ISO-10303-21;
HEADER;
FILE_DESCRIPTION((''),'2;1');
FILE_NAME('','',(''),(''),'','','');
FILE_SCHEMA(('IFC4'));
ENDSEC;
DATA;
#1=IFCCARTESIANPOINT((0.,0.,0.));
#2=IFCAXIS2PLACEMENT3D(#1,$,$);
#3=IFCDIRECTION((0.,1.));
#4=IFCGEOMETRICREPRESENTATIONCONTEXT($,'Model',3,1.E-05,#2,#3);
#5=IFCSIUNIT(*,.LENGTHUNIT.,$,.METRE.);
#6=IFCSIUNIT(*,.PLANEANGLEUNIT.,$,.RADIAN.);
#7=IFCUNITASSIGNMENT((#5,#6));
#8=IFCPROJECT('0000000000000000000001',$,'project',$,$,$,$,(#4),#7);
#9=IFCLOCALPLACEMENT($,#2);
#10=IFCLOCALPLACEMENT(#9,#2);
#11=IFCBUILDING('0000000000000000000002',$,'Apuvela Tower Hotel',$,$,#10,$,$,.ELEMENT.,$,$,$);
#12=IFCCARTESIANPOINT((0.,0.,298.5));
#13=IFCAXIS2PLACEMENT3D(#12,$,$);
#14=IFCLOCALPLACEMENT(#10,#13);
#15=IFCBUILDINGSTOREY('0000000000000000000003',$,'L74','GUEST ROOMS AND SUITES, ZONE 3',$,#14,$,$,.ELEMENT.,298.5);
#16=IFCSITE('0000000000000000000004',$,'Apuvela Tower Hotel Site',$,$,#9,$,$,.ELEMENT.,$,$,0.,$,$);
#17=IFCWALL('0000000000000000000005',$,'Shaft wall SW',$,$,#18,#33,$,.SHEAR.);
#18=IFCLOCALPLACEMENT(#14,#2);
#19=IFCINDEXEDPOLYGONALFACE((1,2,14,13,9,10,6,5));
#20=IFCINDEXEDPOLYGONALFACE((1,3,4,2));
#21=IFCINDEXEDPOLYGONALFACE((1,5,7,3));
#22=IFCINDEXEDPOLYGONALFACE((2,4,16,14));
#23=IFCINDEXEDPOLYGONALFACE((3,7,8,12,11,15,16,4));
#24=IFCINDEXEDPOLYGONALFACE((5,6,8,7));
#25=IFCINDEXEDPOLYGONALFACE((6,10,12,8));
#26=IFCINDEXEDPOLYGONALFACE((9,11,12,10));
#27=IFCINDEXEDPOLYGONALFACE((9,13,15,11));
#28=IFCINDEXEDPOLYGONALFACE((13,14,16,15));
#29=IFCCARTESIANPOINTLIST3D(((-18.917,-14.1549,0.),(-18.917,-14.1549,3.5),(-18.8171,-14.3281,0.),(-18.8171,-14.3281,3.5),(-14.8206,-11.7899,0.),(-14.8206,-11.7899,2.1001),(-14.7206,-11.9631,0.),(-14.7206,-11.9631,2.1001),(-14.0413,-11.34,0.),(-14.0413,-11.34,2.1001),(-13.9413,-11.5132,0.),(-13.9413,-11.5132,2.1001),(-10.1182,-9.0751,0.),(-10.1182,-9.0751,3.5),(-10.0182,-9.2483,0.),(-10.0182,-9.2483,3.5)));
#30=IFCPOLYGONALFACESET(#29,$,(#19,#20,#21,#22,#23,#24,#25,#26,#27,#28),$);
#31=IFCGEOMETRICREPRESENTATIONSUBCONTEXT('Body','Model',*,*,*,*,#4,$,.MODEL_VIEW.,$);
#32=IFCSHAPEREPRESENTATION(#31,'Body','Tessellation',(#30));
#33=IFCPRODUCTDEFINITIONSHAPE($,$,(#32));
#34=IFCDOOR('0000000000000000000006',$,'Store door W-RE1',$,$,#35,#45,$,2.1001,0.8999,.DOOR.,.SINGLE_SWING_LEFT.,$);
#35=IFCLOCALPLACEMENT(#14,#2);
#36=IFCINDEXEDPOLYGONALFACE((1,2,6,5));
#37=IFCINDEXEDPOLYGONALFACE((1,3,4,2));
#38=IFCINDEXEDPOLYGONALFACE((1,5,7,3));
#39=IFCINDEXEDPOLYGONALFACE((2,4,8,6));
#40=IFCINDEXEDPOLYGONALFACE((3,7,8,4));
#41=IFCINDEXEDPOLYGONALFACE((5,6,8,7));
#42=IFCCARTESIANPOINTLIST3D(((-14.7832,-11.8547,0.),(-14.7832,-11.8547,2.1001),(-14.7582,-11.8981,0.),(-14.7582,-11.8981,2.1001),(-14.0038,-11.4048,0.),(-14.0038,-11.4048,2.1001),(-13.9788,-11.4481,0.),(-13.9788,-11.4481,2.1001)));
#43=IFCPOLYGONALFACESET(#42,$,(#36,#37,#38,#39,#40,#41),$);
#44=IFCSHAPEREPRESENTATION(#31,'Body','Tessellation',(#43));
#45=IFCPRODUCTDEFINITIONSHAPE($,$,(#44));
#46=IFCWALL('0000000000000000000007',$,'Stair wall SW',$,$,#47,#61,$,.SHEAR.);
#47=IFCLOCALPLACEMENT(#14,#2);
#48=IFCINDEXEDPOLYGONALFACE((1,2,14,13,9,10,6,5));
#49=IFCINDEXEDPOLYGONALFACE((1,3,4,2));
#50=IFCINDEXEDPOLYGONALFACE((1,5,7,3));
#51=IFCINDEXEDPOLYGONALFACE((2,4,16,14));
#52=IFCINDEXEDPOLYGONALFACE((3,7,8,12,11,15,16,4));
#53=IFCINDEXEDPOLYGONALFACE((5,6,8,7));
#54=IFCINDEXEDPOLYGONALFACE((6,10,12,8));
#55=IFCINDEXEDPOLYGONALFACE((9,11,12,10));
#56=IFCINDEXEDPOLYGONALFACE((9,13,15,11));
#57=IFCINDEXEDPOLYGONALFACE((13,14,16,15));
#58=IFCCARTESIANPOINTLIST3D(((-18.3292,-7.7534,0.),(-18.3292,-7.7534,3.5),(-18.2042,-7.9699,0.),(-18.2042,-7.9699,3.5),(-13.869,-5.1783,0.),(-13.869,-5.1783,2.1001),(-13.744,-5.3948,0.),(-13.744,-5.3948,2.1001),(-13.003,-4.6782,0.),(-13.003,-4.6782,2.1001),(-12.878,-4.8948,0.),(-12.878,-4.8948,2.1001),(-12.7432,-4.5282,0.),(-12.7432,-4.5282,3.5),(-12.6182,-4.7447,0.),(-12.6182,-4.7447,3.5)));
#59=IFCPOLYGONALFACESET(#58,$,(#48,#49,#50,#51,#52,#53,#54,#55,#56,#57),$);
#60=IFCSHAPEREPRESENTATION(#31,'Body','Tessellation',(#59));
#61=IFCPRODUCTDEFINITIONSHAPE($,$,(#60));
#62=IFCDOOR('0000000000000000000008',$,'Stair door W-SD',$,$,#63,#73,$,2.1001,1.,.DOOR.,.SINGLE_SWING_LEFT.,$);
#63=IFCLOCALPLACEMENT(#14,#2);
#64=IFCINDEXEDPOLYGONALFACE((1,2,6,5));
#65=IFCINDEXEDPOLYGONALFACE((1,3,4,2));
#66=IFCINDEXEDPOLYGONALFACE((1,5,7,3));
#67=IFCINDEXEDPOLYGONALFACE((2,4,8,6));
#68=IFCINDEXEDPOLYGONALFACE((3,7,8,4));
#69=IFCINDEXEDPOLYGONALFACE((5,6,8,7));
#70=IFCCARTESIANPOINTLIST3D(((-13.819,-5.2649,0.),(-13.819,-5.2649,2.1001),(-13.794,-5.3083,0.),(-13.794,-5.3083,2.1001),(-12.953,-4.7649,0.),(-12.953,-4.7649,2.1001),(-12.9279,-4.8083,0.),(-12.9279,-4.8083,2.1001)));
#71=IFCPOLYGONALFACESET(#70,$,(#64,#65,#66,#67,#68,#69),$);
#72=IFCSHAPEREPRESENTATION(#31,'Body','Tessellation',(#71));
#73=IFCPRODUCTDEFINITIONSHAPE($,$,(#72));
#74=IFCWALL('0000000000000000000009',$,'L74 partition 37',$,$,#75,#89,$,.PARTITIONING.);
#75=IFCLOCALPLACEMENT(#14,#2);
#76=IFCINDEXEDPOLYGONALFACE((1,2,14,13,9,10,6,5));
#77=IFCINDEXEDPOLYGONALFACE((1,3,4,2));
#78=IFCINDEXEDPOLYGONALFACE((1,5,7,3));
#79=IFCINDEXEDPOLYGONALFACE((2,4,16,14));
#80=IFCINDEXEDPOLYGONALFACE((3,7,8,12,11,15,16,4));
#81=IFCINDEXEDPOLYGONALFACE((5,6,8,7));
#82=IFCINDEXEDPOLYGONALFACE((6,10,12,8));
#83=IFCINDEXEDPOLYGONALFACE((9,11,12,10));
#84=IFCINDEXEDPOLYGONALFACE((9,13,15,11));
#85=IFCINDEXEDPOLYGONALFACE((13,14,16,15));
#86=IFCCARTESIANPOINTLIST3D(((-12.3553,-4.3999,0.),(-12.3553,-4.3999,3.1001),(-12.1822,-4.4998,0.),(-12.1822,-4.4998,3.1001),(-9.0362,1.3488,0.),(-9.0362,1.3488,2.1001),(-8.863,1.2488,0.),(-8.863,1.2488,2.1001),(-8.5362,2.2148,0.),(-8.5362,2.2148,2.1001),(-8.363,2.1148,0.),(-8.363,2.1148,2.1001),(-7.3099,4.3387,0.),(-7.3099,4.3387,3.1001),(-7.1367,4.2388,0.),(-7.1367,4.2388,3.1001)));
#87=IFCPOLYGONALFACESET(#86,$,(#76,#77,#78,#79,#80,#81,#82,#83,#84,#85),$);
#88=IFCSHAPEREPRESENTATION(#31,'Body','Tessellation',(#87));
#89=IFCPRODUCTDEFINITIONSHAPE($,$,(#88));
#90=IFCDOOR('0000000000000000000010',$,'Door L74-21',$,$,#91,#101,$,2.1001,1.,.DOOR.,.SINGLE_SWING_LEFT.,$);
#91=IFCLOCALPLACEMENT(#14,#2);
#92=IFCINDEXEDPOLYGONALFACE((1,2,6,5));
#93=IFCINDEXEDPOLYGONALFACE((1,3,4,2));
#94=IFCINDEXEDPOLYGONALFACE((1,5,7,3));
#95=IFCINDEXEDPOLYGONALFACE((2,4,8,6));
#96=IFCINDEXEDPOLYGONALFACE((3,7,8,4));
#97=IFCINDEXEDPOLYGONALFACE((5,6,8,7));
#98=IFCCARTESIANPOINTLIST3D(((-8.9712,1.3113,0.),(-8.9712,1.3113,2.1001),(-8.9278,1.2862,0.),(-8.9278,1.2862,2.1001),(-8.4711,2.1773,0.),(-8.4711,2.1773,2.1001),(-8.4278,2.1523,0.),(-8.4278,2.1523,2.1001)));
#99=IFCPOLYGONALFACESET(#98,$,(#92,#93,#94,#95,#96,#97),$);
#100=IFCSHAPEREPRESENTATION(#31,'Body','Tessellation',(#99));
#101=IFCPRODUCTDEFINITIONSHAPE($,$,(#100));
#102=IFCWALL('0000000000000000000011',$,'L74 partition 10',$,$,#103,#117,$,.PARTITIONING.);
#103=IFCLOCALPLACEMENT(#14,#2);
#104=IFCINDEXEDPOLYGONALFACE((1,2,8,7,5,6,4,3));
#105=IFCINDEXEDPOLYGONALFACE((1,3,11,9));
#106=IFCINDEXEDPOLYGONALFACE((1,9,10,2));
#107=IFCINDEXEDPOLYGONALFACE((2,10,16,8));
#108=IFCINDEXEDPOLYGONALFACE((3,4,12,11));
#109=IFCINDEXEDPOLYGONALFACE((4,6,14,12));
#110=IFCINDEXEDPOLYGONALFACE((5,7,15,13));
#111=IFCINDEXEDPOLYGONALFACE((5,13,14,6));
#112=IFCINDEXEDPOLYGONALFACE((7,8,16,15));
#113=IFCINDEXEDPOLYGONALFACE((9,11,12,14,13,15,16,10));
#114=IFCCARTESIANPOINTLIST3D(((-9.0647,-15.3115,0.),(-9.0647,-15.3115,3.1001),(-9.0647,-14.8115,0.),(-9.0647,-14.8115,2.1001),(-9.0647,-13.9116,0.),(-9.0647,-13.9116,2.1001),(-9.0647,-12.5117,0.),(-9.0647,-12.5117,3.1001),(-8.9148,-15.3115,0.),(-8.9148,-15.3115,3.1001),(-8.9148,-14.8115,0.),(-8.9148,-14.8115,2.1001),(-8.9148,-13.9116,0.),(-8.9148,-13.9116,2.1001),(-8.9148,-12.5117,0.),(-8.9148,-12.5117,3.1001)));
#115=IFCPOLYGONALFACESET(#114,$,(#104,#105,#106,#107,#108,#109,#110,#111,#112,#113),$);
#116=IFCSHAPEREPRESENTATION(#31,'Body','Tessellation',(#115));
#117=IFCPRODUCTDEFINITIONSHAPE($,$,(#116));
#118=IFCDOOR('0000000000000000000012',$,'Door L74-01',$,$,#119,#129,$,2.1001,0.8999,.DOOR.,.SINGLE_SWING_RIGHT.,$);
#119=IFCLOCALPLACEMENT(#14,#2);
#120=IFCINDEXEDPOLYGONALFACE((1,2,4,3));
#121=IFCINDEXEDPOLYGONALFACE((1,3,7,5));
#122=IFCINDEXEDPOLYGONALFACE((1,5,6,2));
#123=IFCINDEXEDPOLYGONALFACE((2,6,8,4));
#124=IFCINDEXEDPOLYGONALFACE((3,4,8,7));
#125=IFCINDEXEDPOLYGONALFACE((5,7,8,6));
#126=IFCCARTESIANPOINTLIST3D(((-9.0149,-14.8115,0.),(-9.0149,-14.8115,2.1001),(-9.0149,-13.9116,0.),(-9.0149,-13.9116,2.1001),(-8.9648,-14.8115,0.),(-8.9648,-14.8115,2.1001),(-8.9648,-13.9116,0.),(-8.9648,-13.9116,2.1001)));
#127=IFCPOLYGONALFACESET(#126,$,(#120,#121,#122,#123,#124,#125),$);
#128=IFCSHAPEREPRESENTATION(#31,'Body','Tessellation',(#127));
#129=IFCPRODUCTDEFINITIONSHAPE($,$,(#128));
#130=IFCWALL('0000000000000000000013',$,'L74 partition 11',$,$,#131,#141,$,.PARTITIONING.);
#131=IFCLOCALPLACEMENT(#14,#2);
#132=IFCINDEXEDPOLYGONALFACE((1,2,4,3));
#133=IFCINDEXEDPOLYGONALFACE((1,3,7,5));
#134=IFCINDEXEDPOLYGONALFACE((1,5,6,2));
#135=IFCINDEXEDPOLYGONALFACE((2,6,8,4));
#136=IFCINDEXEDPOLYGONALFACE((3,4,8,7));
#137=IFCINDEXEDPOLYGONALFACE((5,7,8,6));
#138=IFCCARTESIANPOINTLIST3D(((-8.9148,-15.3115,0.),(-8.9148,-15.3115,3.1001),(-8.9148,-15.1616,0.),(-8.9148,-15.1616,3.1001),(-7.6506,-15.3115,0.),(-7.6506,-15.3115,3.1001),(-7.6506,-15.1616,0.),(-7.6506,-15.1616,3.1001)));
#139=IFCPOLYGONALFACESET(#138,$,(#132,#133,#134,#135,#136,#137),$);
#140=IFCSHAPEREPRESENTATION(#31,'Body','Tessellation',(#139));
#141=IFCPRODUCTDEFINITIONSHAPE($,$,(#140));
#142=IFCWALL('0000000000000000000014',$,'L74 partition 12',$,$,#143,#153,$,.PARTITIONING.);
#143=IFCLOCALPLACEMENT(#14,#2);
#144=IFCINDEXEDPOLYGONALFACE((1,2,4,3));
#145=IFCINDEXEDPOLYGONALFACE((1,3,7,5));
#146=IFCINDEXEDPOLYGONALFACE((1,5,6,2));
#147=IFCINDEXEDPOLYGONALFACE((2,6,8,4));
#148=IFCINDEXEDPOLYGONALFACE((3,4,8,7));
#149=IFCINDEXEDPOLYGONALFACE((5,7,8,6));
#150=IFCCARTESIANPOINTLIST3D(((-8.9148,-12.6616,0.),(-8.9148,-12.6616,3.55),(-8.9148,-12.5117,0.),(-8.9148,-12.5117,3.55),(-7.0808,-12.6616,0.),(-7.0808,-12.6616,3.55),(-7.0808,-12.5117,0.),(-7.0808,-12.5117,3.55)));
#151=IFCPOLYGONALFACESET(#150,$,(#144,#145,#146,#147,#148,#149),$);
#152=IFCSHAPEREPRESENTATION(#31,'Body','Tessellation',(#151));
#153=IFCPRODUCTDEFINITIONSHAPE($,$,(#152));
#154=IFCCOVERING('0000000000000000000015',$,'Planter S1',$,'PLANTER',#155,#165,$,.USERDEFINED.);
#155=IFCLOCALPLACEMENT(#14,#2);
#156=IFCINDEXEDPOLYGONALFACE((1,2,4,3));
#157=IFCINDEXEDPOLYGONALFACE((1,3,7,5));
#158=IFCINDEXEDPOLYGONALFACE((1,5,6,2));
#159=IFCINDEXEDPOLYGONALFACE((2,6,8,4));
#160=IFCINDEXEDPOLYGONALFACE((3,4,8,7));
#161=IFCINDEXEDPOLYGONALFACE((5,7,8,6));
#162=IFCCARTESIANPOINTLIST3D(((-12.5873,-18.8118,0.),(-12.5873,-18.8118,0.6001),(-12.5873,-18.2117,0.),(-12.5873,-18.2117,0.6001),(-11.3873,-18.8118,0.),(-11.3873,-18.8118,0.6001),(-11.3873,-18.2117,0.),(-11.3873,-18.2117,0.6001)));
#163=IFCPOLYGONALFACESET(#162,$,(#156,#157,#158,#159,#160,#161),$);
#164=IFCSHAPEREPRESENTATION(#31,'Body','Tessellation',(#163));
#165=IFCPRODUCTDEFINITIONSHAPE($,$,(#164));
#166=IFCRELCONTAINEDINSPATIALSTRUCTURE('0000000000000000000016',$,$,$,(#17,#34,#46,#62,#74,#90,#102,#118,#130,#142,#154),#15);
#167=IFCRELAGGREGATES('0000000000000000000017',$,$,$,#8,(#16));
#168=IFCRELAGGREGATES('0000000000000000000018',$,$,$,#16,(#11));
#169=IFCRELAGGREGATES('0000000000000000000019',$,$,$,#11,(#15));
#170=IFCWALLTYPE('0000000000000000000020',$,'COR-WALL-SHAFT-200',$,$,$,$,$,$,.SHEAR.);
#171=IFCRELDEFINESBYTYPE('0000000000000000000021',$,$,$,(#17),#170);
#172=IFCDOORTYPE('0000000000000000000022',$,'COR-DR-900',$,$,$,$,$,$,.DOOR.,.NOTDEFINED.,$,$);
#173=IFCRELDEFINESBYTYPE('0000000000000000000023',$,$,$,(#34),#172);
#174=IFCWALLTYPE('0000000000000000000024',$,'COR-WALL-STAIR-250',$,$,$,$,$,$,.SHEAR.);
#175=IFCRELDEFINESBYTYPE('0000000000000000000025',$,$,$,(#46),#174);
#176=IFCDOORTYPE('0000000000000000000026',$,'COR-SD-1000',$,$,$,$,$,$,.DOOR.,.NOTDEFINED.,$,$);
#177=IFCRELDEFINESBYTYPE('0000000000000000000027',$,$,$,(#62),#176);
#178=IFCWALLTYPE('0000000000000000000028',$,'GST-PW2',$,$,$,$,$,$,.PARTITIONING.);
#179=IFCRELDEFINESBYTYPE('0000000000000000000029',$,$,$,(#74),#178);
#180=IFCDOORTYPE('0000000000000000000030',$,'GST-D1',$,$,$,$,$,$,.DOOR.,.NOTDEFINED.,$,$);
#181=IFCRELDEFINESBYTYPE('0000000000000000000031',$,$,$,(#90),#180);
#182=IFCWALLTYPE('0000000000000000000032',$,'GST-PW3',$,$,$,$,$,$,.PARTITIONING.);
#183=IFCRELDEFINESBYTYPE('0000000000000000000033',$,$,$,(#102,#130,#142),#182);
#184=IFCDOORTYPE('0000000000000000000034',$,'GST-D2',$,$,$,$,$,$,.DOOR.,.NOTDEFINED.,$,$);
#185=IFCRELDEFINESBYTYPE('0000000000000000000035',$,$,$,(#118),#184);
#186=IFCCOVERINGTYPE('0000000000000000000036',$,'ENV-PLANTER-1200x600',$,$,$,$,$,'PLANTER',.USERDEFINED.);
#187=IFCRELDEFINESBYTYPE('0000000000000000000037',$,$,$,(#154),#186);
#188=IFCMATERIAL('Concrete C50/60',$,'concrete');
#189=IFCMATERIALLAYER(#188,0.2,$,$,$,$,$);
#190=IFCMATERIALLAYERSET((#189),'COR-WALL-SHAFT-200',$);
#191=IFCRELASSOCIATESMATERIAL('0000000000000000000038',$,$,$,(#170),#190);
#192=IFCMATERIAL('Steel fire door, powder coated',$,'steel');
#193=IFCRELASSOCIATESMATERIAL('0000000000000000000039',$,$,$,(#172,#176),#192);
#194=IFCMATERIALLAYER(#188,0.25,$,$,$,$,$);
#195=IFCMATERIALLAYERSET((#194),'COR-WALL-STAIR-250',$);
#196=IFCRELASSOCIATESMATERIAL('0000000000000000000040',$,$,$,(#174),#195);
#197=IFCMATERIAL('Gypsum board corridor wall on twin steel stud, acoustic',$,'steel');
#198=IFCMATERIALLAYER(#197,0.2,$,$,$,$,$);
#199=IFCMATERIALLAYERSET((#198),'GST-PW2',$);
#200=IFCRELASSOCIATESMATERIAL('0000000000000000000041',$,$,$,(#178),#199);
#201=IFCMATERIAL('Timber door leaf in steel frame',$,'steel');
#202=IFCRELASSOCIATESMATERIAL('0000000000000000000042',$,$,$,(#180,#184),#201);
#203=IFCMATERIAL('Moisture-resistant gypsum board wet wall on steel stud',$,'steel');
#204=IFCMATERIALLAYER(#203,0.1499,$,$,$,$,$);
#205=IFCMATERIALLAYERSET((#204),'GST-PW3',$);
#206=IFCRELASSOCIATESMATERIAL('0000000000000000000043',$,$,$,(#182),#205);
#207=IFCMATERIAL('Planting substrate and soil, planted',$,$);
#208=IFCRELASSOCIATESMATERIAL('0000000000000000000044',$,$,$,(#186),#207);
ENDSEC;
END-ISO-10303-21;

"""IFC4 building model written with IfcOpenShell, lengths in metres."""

from ifc_helpers import new_model, si_unit, direction, frame, frame_2d, origin, origin_2d, place, context, subcontext, project, spatial, rectangle, extrude, material, layer, layer_set, type_object, element, fill, save


model = new_model("IFC4")

# Units and contexts
model_context = context("Model", 3, precision=1e-05, world=origin(), true_north=direction((0.0, 1.0)))
body_context = subcontext(model_context, "Body", "Model", "MODEL_VIEW")
ifc_project = project(units=[si_unit("LENGTHUNIT", "METRE"), si_unit("PLANEANGLEUNIT", "RADIAN")], contexts=[model_context])

# Site, building, storey
site_placement = place(None, origin())
site = spatial("IfcSite", under=ifc_project, at=site_placement, Name="Apuvela Tower Hotel Site", CompositionType="ELEMENT", RefElevation=0.0)
building_placement = place(site_placement, origin())
building = spatial("IfcBuilding", under=site, at=building_placement, Name="Apuvela Tower Hotel", CompositionType="ELEMENT")
storey_placement = place(building_placement, frame((0.0, 0.0, 298.5)))
storey = spatial("IfcBuildingStorey", under=building, at=storey_placement, Name="L74", Description="GUEST ROOMS AND SUITES, ZONE 3", CompositionType="ELEMENT", Elevation=298.5)

# Shared definitions
ifc_material_1 = material(Name="Concrete C50/60", Category="concrete")
ifc_layer_1 = layer(ifc_material_1, 0.2)
ifc_layer_set_1 = layer_set([ifc_layer_1], Name="COR-WALL-SHAFT-200")
wall_type_1 = type_object("IfcWallType", Name="COR-WALL-SHAFT-200", PredefinedType="SHEAR", material=ifc_layer_set_1)

# Walls, openings, doors
wall_1_placement = place(storey_placement, frame((-10.0681, -9.1616, 0.0), z_axis=(0.0, 0.0, 1.0), x_axis=(-0.866033, -0.499987, 0.0)))
wall_1 = element("IfcWall", 1, at=wall_1_placement, inside=storey, type_object=wall_type_1, Name="Shaft wall SW", PredefinedType="SHEAR", context=body_context, shape_type="SweptSolid", body=[
    extrude(rectangle(XDim=10.1599, YDim=0.2, at=frame_2d((5.0801, 0.0))), origin(), (0.0, 0.0, 1.0), 3.5),
])
opening_1_placement = place(wall_1_placement, frame((4.53, 0.0, 0.0)))
opening_1 = element("IfcOpeningElement", 2, at=opening_1_placement, cuts=wall_1, PredefinedType="OPENING", context=body_context, shape_type="SweptSolid", body=[
    extrude(rectangle(XDim=0.8999, YDim=2.1001, at=frame_2d((0.45, 1.05))), frame((0.0, 0.1099, 0.0), z_axis=(0.0, -1.0, 0.0), x_axis=(1.0, 0.0, 0.0)), (0.0, 0.0, 1.0), 0.22),
])
ifc_material_2 = material(Name="Steel fire door, powder coated", Category="steel")
door_type_1 = type_object("IfcDoorType", Name="COR-DR-900", OperationType="NOTDEFINED", PredefinedType="DOOR", material=ifc_material_2)
door_1_placement = place(opening_1_placement, origin())
door_1 = element("IfcDoor", 3, at=door_1_placement, inside=storey, type_object=door_type_1, Name="Store door W-RE1", OperationType="SINGLE_SWING_LEFT", OverallHeight=2.1001, OverallWidth=0.8999, PredefinedType="DOOR", context=body_context, shape_type="SweptSolid", body=[
    extrude(rectangle(XDim=0.8999, YDim=2.1001, at=frame_2d((0.45, 1.05))), frame((0.0, 0.0249, 0.0), z_axis=(0.0, -1.0, 0.0), x_axis=(1.0, 0.0, 0.0)), (0.0, 0.0, 1.0), 0.05),
])
fill(opening_1, door_1)
ifc_layer_2 = layer(ifc_material_1, 0.25)
ifc_layer_set_2 = layer_set([ifc_layer_2], Name="COR-WALL-STAIR-250")
wall_type_2 = type_object("IfcWallType", Name="COR-WALL-STAIR-250", PredefinedType="SHEAR", material=ifc_layer_set_2)
wall_2_placement = place(storey_placement, frame((-12.6807, -4.6365, 0.0), z_axis=(0.0, 0.0, 1.0), x_axis=(-0.866022, -0.500006, 0.0)))
wall_2 = element("IfcWall", 4, at=wall_2_placement, inside=storey, type_object=wall_type_2, Name="Stair wall SW", PredefinedType="SHEAR", context=body_context, shape_type="SweptSolid", body=[
    extrude(rectangle(XDim=6.4502, YDim=0.25, at=frame_2d((3.2251, 0.0))), origin(), (0.0, 0.0, 1.0), 3.5),
])
opening_2_placement = place(wall_2_placement, frame((0.3, 0.0, 0.0)))
opening_2 = element("IfcOpeningElement", 5, at=opening_2_placement, cuts=wall_2, PredefinedType="OPENING", context=body_context, shape_type="SweptSolid", body=[
    extrude(rectangle(XDim=1.0, YDim=2.1001, at=frame_2d((0.5, 1.05))), frame((0.0, 0.135, 0.0), z_axis=(0.0, -1.0, 0.0), x_axis=(1.0, 0.0, 0.0)), (0.0, 0.0, 1.0), 0.27),
])
door_type_2 = type_object("IfcDoorType", Name="COR-SD-1000", OperationType="NOTDEFINED", PredefinedType="DOOR", material=ifc_material_2)
door_2_placement = place(opening_2_placement, frame((1.0, 0.0, 0.0), z_axis=(0.0, 0.0, 1.0), x_axis=(-1.0, 0.0, 0.0)))
door_2 = element("IfcDoor", 6, at=door_2_placement, inside=storey, type_object=door_type_2, Name="Stair door W-SD", OperationType="SINGLE_SWING_LEFT", OverallHeight=2.1001, OverallWidth=1.0, PredefinedType="DOOR", context=body_context, shape_type="SweptSolid", body=[
    extrude(rectangle(XDim=1.0, YDim=2.1001, at=frame_2d((0.5, 1.05))), frame((0.0, 0.0249, 0.0), z_axis=(0.0, -1.0, 0.0), x_axis=(1.0, 0.0, 0.0)), (0.0, 0.0, 1.0), 0.05),
])
fill(opening_2, door_2)
ifc_material_3 = material(Name="Gypsum board corridor wall on twin steel stud, acoustic", Category="steel")
ifc_layer_3 = layer(ifc_material_3, 0.2)
ifc_layer_set_3 = layer_set([ifc_layer_3], Name="GST-PW2")
wall_type_3 = type_object("IfcWallType", Name="GST-PW2", PredefinedType="PARTITIONING", material=ifc_layer_set_3)
wall_3_placement = place(storey_placement, frame((-12.2688, -4.45, 0.0), z_axis=(0.0, 0.0, 1.0), x_axis=(0.500016, 0.866016, 0.0)))
wall_3 = element("IfcWall", 7, at=wall_3_placement, inside=storey, type_object=wall_type_3, Name="L74 partition 37", PredefinedType="PARTITIONING", context=body_context, shape_type="SweptSolid", body=[
    extrude(rectangle(XDim=10.0906, YDim=0.2, at=frame_2d((5.0454, 0.0))), origin(), (0.0, 0.0, 1.0), 3.1001),
])
opening_3_placement = place(wall_3_placement, frame((6.6382, 0.0, 0.0)))
opening_3 = element("IfcOpeningElement", 8, at=opening_3_placement, cuts=wall_3, PredefinedType="OPENING", context=body_context, shape_type="SweptSolid", body=[
    extrude(rectangle(XDim=1.0, YDim=2.1001, at=frame_2d((0.5, 1.05))), frame((0.0, 0.1099, 0.0), z_axis=(0.0, -1.0, 0.0), x_axis=(1.0, 0.0, 0.0)), (0.0, 0.0, 1.0), 0.22),
])
ifc_material_4 = material(Name="Timber door leaf in steel frame", Category="steel")
door_type_3 = type_object("IfcDoorType", Name="GST-D1", OperationType="NOTDEFINED", PredefinedType="DOOR", material=ifc_material_4)
door_3_placement = place(opening_3_placement, origin())
door_3 = element("IfcDoor", 9, at=door_3_placement, inside=storey, type_object=door_type_3, Name="Door L74-21", OperationType="SINGLE_SWING_LEFT", OverallHeight=2.1001, OverallWidth=1.0, PredefinedType="DOOR", context=body_context, shape_type="SweptSolid", body=[
    extrude(rectangle(XDim=1.0, YDim=2.1001, at=frame_2d((0.5, 1.05))), frame((0.0, 0.0249, 0.0), z_axis=(0.0, -1.0, 0.0), x_axis=(1.0, 0.0, 0.0)), (0.0, 0.0, 1.0), 0.05),
])
fill(opening_3, door_3)
ifc_material_5 = material(Name="Moisture-resistant gypsum board wet wall on steel stud", Category="steel")
ifc_layer_4 = layer(ifc_material_5, 0.1499)
ifc_layer_set_4 = layer_set([ifc_layer_4], Name="GST-PW3")
wall_type_4 = type_object("IfcWallType", Name="GST-PW3", PredefinedType="PARTITIONING", material=ifc_layer_set_4)
wall_4_placement = place(storey_placement, frame((-8.9897, -12.5117, 0.0), z_axis=(0.0, 0.0, 1.0), x_axis=(0.0, -1.0, 0.0)))
wall_4 = element("IfcWall", 10, at=wall_4_placement, inside=storey, type_object=wall_type_4, Name="L74 partition 10", PredefinedType="PARTITIONING", context=body_context, shape_type="SweptSolid", body=[
    extrude(rectangle(XDim=2.7998, YDim=0.1499, at=frame_2d((1.3999, 0.0))), origin(), (0.0, 0.0, 1.0), 3.1001),
])
opening_4_placement = place(wall_4_placement, frame((1.3999, 0.0, 0.0)))
opening_4 = element("IfcOpeningElement", 11, at=opening_4_placement, cuts=wall_4, PredefinedType="OPENING", context=body_context, shape_type="SweptSolid", body=[
    extrude(rectangle(XDim=0.8999, YDim=2.1001, at=frame_2d((0.45, 1.05))), frame((0.0, 0.085, 0.0), z_axis=(0.0, -1.0, 0.0), x_axis=(1.0, 0.0, 0.0)), (0.0, 0.0, 1.0), 0.1699),
])
door_type_4 = type_object("IfcDoorType", Name="GST-D2", OperationType="NOTDEFINED", PredefinedType="DOOR", material=ifc_material_4)
door_4_placement = place(opening_4_placement, origin())
door_4 = element("IfcDoor", 12, at=door_4_placement, inside=storey, type_object=door_type_4, Name="Door L74-01", OperationType="SINGLE_SWING_RIGHT", OverallHeight=2.1001, OverallWidth=0.8999, PredefinedType="DOOR", context=body_context, shape_type="SweptSolid", body=[
    extrude(rectangle(XDim=0.8999, YDim=2.1001, at=frame_2d((0.45, 1.05))), frame((0.0, 0.0249, 0.0), z_axis=(0.0, -1.0, 0.0), x_axis=(1.0, 0.0, 0.0)), (0.0, 0.0, 1.0), 0.05),
])
fill(opening_4, door_4)

# Walls
wall_5_placement = place(storey_placement, frame((-8.9148, -15.2366, 0.0), z_axis=(0.0, 0.0, 1.0), x_axis=(1.0, 0.0, 0.0)))
element("IfcWall", 13, at=wall_5_placement, inside=storey, type_object=wall_type_4, Name="L74 partition 11", PredefinedType="PARTITIONING", context=body_context, shape_type="SweptSolid", body=[
    extrude(rectangle(XDim=1.2642, YDim=0.1499, at=frame_2d((0.6321, 0.0))), origin(), (0.0, 0.0, 1.0), 3.1001),
])
wall_6_placement = place(storey_placement, frame((-8.9148, -12.5867, 0.0), z_axis=(0.0, 0.0, 1.0), x_axis=(1.0, 0.0, 0.0)))
element("IfcWall", 14, at=wall_6_placement, inside=storey, type_object=wall_type_4, Name="L74 partition 12", PredefinedType="PARTITIONING", context=body_context, shape_type="SweptSolid", body=[
    extrude(rectangle(XDim=1.834, YDim=0.1499, at=frame_2d((0.917, 0.0))), origin(), (0.0, 0.0, 1.0), 3.55),
])

# Covering
ifc_material_6 = material(Name="Planting substrate and soil, planted")
covering_type = type_object("IfcCoveringType", Name="ENV-PLANTER-1200x600", ElementType="PLANTER", PredefinedType="USERDEFINED", material=ifc_material_6)
covering_placement = place(storey_placement, frame((-11.9873, -18.5117, 0.0), z_axis=(0.0, 0.0, 1.0), x_axis=(1.0, 0.0, 0.0)))
element("IfcCovering", 15, at=covering_placement, inside=storey, type_object=covering_type, Name="Planter S1", ObjectType="PLANTER", PredefinedType="USERDEFINED", context=body_context, shape_type="SweptSolid", body=[
    extrude(rectangle(XDim=1.2, YDim=0.6001, at=origin_2d()), origin(), (0.0, 0.0, 1.0), 0.6001),
])

save(model, "model.ifc")
